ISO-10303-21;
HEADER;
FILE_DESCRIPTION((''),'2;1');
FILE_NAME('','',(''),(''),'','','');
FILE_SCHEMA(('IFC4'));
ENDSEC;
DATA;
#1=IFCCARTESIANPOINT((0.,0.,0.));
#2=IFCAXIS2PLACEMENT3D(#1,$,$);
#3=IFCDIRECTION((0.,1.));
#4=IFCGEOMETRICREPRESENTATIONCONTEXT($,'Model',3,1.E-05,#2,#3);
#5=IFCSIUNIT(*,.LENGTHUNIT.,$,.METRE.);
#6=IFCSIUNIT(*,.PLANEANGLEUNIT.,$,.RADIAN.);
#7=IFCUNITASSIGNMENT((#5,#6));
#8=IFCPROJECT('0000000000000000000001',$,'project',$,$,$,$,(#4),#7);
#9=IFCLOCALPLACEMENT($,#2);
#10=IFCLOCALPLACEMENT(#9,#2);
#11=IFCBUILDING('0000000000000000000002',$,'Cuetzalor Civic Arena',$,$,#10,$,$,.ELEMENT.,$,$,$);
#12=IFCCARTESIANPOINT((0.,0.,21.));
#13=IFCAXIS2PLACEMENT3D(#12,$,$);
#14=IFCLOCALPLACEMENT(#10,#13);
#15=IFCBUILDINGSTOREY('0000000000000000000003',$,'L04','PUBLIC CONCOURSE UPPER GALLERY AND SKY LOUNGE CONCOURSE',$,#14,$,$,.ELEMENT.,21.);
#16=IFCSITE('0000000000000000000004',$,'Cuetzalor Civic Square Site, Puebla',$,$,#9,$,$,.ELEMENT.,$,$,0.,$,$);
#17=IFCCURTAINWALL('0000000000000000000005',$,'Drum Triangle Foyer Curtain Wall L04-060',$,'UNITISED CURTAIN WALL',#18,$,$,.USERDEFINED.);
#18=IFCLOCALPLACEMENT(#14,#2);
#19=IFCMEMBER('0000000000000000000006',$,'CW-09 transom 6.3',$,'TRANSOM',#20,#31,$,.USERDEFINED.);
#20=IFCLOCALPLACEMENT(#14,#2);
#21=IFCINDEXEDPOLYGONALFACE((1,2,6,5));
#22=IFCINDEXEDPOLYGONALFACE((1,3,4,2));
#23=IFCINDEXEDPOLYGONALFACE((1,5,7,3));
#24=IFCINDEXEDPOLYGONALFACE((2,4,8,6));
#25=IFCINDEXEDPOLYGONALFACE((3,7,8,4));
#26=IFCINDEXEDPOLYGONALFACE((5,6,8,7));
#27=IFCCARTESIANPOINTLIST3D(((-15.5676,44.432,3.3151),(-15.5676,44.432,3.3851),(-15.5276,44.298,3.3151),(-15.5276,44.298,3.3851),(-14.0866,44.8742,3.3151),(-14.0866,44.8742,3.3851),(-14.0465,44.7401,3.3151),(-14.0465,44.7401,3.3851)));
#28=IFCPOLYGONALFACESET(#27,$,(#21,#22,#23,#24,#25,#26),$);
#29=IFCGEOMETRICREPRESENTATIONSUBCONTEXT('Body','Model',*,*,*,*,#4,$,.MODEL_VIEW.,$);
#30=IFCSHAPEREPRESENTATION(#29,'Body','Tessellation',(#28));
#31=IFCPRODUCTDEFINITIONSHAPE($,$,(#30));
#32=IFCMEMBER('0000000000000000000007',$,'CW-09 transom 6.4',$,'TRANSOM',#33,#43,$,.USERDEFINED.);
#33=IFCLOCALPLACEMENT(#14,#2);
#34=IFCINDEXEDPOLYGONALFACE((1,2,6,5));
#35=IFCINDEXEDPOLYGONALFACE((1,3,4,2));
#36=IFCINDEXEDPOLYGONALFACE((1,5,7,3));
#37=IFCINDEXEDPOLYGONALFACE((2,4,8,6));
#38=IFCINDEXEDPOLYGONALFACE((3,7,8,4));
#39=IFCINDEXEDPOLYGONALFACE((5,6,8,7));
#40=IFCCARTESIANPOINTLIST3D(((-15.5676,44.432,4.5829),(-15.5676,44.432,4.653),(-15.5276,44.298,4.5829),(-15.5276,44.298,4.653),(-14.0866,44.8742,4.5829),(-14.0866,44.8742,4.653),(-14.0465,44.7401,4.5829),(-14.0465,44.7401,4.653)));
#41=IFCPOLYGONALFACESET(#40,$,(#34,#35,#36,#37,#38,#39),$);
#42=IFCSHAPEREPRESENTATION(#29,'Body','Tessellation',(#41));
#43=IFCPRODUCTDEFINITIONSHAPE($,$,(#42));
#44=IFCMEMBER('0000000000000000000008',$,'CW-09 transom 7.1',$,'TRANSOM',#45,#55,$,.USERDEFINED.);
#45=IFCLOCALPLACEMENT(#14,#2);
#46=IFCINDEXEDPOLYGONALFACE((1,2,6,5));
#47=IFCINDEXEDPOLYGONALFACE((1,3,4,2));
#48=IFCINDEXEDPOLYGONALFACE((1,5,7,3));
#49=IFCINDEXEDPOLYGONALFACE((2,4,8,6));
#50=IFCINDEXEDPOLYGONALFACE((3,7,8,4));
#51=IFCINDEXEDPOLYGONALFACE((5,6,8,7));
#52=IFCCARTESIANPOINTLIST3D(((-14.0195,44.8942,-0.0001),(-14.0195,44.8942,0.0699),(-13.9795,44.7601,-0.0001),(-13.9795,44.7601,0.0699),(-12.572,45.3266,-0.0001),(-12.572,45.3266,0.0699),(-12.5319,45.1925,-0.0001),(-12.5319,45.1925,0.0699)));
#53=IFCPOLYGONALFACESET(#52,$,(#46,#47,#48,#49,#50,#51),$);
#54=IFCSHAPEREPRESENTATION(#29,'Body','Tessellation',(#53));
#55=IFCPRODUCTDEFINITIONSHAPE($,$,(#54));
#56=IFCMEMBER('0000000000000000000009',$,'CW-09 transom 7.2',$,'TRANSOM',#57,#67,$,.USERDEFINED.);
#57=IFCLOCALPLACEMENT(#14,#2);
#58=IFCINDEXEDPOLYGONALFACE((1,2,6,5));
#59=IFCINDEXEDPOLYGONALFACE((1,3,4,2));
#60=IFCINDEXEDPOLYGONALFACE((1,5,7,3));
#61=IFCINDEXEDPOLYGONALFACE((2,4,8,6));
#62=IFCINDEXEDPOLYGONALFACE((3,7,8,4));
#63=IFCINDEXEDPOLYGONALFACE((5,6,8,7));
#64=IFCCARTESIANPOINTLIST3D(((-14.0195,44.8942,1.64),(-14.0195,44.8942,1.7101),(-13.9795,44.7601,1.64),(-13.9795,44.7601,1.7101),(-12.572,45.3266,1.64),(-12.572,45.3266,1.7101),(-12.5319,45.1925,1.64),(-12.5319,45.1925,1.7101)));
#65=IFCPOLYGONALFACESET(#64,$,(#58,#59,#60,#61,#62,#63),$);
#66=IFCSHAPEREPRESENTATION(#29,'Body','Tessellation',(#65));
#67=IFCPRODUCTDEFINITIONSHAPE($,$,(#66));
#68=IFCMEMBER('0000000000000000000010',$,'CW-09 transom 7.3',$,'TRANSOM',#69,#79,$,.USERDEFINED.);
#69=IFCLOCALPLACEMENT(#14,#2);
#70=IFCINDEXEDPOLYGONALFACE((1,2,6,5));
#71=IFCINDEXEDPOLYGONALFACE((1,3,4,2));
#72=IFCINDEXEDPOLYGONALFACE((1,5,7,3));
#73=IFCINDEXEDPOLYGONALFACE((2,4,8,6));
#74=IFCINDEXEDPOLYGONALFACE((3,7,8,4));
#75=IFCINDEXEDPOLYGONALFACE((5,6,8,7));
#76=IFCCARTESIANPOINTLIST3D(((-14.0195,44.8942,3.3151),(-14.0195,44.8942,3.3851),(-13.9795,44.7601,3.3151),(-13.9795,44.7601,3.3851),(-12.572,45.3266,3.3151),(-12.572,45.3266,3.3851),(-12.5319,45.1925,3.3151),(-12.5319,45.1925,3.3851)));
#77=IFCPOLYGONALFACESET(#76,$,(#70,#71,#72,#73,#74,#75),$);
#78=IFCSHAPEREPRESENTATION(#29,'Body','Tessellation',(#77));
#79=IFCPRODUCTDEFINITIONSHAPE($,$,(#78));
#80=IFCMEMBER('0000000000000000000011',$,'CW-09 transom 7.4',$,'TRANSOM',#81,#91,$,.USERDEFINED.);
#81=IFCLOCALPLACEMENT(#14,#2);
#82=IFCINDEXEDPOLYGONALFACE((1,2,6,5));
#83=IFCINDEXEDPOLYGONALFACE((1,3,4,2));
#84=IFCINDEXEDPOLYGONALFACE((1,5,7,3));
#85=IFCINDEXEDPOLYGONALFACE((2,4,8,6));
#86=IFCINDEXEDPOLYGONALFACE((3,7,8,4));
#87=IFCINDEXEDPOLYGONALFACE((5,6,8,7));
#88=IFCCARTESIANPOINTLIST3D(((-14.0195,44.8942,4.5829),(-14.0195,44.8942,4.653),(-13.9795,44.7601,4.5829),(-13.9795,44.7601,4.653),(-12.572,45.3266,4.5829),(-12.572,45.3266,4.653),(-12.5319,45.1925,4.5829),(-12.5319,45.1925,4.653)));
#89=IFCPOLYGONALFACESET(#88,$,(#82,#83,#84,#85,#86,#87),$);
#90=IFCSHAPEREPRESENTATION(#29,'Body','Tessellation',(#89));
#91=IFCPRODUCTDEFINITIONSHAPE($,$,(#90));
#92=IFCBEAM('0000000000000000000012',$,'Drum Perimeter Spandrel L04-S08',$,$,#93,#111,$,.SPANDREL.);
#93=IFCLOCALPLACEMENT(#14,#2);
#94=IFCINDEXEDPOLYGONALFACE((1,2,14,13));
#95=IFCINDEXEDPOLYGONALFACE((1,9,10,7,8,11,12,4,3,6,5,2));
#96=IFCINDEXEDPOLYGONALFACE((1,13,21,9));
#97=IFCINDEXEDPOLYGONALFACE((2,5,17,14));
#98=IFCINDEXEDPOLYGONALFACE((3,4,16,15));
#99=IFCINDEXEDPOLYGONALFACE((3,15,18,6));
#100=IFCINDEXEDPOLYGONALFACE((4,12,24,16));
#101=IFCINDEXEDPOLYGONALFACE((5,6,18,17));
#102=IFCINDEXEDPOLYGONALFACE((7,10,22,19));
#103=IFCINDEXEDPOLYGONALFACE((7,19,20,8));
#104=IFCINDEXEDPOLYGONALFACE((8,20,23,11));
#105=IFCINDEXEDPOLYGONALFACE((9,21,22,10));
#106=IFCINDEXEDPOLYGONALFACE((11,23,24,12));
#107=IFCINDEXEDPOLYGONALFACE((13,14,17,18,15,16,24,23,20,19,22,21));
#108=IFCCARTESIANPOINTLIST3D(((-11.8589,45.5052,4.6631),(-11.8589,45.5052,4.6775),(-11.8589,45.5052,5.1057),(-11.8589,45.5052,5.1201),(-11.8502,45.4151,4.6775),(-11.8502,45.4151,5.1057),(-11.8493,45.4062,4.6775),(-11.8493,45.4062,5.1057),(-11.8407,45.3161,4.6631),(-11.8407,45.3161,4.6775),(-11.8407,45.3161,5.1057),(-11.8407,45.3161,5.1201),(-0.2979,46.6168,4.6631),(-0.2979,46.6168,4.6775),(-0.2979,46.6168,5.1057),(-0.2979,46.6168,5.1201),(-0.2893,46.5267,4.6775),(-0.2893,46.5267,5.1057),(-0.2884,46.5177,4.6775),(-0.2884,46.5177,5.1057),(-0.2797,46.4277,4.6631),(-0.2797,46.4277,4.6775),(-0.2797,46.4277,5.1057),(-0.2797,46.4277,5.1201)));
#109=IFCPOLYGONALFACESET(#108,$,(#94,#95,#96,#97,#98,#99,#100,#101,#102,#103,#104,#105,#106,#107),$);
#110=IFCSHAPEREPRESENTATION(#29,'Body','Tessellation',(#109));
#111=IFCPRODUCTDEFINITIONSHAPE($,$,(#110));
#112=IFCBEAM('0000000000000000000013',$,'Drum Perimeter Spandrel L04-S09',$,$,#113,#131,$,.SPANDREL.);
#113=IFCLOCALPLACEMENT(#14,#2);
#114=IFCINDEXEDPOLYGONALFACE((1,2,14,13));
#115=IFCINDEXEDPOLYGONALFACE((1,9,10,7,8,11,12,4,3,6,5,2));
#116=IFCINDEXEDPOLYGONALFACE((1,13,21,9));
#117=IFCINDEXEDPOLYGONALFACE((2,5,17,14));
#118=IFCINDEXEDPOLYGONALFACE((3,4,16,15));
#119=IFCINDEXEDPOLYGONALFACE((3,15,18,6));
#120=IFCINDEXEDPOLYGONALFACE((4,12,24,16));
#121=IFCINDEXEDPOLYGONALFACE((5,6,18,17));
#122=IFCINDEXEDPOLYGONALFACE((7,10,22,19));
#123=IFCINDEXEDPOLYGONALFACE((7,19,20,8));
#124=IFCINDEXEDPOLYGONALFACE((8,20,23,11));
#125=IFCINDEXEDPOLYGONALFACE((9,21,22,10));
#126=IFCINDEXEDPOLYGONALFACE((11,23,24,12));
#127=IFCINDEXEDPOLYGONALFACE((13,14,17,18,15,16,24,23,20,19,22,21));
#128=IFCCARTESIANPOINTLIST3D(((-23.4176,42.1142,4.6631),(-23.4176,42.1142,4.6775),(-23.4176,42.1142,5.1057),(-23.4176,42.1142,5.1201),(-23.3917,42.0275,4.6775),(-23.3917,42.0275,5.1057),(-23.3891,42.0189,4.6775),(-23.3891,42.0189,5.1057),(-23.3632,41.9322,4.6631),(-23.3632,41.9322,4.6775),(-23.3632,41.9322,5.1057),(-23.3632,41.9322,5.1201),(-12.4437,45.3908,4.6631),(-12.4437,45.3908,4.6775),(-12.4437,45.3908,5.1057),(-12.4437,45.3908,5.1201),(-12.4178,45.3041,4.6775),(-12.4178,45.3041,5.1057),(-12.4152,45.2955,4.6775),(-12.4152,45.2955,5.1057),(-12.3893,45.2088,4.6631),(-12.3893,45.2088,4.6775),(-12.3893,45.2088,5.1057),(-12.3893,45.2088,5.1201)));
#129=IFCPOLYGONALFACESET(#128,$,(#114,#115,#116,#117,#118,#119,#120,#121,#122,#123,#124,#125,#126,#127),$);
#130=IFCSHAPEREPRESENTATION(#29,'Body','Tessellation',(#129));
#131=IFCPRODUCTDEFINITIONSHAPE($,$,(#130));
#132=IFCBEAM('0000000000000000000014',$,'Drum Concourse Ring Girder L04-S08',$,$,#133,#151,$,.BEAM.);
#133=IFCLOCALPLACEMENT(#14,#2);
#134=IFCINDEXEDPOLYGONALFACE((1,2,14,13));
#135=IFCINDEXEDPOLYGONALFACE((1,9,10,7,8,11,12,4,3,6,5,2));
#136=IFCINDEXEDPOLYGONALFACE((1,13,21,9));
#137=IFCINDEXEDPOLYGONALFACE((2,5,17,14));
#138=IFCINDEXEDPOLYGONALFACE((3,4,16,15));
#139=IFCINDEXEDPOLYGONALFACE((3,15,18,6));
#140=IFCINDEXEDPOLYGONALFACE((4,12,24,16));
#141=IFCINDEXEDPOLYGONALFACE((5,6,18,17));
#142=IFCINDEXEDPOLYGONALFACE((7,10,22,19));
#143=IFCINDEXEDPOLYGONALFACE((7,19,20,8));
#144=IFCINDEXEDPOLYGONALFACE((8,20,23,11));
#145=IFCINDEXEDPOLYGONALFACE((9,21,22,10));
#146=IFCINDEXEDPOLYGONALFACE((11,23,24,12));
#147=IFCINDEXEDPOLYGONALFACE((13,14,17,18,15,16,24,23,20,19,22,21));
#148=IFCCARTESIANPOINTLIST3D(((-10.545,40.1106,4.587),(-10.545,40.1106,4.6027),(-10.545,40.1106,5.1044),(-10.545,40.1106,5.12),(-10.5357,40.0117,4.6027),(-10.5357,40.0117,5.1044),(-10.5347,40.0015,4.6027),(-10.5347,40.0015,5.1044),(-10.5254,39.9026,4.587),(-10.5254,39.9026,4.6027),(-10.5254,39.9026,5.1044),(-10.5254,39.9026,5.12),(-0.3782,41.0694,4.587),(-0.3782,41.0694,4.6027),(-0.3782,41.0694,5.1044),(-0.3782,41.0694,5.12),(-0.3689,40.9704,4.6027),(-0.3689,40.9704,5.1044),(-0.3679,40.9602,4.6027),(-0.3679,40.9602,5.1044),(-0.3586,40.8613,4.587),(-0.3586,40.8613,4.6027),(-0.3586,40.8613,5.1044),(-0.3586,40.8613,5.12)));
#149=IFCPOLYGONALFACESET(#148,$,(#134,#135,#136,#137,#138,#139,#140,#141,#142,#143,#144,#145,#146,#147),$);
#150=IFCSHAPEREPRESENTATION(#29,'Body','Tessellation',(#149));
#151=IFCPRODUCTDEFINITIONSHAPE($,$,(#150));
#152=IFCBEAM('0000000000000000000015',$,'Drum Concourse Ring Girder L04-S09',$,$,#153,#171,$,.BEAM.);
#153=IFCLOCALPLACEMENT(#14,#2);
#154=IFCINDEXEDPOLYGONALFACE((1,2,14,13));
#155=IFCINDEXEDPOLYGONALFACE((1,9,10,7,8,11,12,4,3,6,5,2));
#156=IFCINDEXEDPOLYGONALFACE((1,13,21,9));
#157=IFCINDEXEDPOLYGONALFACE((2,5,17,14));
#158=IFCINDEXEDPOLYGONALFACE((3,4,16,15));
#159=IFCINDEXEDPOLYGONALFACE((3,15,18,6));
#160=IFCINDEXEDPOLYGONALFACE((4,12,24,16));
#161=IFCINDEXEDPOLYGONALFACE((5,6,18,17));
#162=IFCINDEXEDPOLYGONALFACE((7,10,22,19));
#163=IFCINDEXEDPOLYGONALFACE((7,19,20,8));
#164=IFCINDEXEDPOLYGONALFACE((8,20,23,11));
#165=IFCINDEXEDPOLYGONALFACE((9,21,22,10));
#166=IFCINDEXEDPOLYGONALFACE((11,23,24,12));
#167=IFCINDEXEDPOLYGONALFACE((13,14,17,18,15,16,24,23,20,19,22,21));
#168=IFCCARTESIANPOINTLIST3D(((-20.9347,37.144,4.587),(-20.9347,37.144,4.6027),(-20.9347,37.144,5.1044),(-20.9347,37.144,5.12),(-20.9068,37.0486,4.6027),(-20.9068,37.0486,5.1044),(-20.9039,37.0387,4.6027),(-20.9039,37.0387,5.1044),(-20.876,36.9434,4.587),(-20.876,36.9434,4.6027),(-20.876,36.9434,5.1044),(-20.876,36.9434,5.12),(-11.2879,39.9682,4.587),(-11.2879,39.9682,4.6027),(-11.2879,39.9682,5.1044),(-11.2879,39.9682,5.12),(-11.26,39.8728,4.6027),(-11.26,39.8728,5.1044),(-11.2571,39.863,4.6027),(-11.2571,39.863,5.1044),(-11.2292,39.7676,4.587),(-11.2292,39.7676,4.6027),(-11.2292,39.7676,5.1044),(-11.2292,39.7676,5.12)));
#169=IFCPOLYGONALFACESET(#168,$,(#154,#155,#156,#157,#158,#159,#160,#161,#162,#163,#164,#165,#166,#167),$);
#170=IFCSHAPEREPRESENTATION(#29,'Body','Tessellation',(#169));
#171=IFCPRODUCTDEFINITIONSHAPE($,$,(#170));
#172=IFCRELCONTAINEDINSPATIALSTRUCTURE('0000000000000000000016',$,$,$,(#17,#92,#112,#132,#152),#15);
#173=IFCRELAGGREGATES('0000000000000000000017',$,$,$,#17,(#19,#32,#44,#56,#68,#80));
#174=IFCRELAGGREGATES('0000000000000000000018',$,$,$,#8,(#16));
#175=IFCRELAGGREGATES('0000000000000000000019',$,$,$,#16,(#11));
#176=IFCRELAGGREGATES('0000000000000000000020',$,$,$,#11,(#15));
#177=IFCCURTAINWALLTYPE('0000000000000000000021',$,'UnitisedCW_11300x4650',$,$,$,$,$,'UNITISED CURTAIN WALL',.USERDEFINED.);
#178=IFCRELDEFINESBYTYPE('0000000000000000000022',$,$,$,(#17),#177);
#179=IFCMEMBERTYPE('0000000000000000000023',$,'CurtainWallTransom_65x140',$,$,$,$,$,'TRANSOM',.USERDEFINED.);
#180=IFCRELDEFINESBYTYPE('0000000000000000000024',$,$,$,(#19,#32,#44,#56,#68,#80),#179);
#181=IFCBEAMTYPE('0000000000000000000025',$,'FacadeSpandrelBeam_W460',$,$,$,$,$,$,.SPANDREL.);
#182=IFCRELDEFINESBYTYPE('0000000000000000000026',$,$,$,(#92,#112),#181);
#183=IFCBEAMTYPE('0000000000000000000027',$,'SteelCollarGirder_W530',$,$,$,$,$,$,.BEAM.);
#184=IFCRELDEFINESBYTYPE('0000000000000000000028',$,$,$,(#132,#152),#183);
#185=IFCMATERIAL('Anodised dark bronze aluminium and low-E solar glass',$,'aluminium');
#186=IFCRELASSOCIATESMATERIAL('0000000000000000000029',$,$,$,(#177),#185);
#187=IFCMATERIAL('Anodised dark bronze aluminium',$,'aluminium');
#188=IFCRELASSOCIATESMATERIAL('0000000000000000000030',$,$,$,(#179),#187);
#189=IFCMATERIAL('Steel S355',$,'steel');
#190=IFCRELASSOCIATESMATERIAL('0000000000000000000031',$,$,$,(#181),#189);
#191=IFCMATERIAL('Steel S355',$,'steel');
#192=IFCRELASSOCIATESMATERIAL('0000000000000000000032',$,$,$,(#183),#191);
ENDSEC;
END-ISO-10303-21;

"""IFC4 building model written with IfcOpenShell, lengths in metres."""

from ifc_helpers import new_model, si_unit, direction, frame, origin, origin_2d, place, context, subcontext, project, spatial, rectangle, i_section, extrude, material, material_profile, profile_set, type_object, element, aggregate, save


model = new_model("IFC4")

# Units and contexts
model_context = context("Model", 3, precision=1e-05, world=origin(), true_north=direction((0.0, 1.0)))
body_context = subcontext(model_context, "Body", "Model", "MODEL_VIEW")
ifc_project = project(units=[si_unit("LENGTHUNIT", "METRE"), si_unit("PLANEANGLEUNIT", "RADIAN")], contexts=[model_context])

# Site, building, storey
site_placement = place(None, origin())
site = spatial("IfcSite", under=ifc_project, at=site_placement, Name="Cuetzalor Civic Square Site, Puebla", CompositionType="ELEMENT", RefElevation=0.0)
building_placement = place(site_placement, origin())
building = spatial("IfcBuilding", under=site, at=building_placement, Name="Cuetzalor Civic Arena", CompositionType="ELEMENT")
storey_placement = place(building_placement, frame((0.0, 0.0, 21.0)))
storey = spatial("IfcBuildingStorey", under=building, at=storey_placement, Name="L04", Description="PUBLIC CONCOURSE UPPER GALLERY AND SKY LOUNGE CONCOURSE", CompositionType="ELEMENT", Elevation=21.0)

# Curtain wall, members
ifc_material_1 = material(Name="Anodised dark bronze aluminium and low-E solar glass", Category="aluminium")
curtain_wall_type = type_object("IfcCurtainWallType", Name="UnitisedCW_11300x4650", ElementType="UNITISED CURTAIN WALL", PredefinedType="USERDEFINED", material=ifc_material_1)
curtain_wall_placement = place(storey_placement, origin())
curtain_wall = element("IfcCurtainWall", 1, at=curtain_wall_placement, inside=storey, type_object=curtain_wall_type, Name="Drum Triangle Foyer Curtain Wall L04-060", ObjectType="UNITISED CURTAIN WALL", PredefinedType="USERDEFINED")
ifc_material_2 = material(Name="Anodised dark bronze aluminium", Category="aluminium")
ifc_material_profile_1 = material_profile(ifc_material_2, rectangle(XDim=0.1399, YDim=0.0701, at=origin_2d()), Name="ALU TRANSOM 70x140")
ifc_profile_set_1 = profile_set([ifc_material_profile_1], Name="Anodised dark bronze aluminium")
member_type_1 = type_object("IfcMemberType", Name="CurtainWallTransom_65x140", ElementType="TRANSOM", PredefinedType="USERDEFINED", material=ifc_profile_set_1)
member_1_placement = place(storey_placement, frame((-15.5476, 44.365, 3.3501), z_axis=(0.958208, 0.286072, 0.0), x_axis=(-0.286072, 0.958208, 0.0)))
member_1 = element("IfcMember", 2, at=member_1_placement, type_object=member_type_1, Name="CW-09 transom 6.3", ObjectType="TRANSOM", PredefinedType="USERDEFINED", context=body_context, shape_type="SweptSolid", body=[
    extrude(rectangle(XDim=0.1399, YDim=0.0701, at=origin_2d()), origin(), (0.0, 0.0, 1.0), 1.5457),
])
member_2_placement = place(storey_placement, frame((-15.5476, 44.365, 4.6179), z_axis=(0.958208, 0.286072, 0.0), x_axis=(-0.286072, 0.958208, 0.0)))
member_2 = element("IfcMember", 3, at=member_2_placement, type_object=member_type_1, Name="CW-09 transom 6.4", ObjectType="TRANSOM", PredefinedType="USERDEFINED", context=body_context, shape_type="SweptSolid", body=[
    extrude(rectangle(XDim=0.1399, YDim=0.0701, at=origin_2d()), origin(), (0.0, 0.0, 1.0), 1.5457),
])
member_3_placement = place(storey_placement, frame((-13.9995, 44.8271, 0.0349), z_axis=(0.958168, 0.286206, 0.0), x_axis=(-0.286206, 0.958168, 0.0)))
member_3 = element("IfcMember", 4, at=member_3_placement, type_object=member_type_1, Name="CW-09 transom 7.1", ObjectType="TRANSOM", PredefinedType="USERDEFINED", context=body_context, shape_type="SweptSolid", body=[
    extrude(rectangle(XDim=0.1399, YDim=0.0701, at=origin_2d()), origin(), (0.0, 0.0, 1.0), 1.5107),
])
member_4_placement = place(storey_placement, frame((-13.9995, 44.8271, 1.675), z_axis=(0.958168, 0.286206, 0.0), x_axis=(-0.286206, 0.958168, 0.0)))
member_4 = element("IfcMember", 5, at=member_4_placement, type_object=member_type_1, Name="CW-09 transom 7.2", ObjectType="TRANSOM", PredefinedType="USERDEFINED", context=body_context, shape_type="SweptSolid", body=[
    extrude(rectangle(XDim=0.1399, YDim=0.0701, at=origin_2d()), origin(), (0.0, 0.0, 1.0), 1.5107),
])
member_5_placement = place(storey_placement, frame((-13.9995, 44.8271, 3.3501), z_axis=(0.958168, 0.286206, 0.0), x_axis=(-0.286206, 0.958168, 0.0)))
member_5 = element("IfcMember", 6, at=member_5_placement, type_object=member_type_1, Name="CW-09 transom 7.3", ObjectType="TRANSOM", PredefinedType="USERDEFINED", context=body_context, shape_type="SweptSolid", body=[
    extrude(rectangle(XDim=0.1399, YDim=0.0701, at=origin_2d()), origin(), (0.0, 0.0, 1.0), 1.5107),
])
member_6_placement = place(storey_placement, frame((-13.9995, 44.8271, 4.6179), z_axis=(0.958168, 0.286206, 0.0), x_axis=(-0.286206, 0.958168, 0.0)))
member_6 = element("IfcMember", 7, at=member_6_placement, type_object=member_type_1, Name="CW-09 transom 7.4", ObjectType="TRANSOM", PredefinedType="USERDEFINED", context=body_context, shape_type="SweptSolid", body=[
    extrude(rectangle(XDim=0.1399, YDim=0.0701, at=origin_2d()), origin(), (0.0, 0.0, 1.0), 1.5107),
])

# Beams
ifc_material_3 = material(Name="Steel S355", Category="steel")
ifc_material_profile_2 = material_profile(ifc_material_3, i_section(OverallWidth=0.1899, OverallDepth=0.457, WebThickness=0.009, FlangeThickness=0.0144, at=origin_2d()), Name="W460x74")
ifc_profile_set_2 = profile_set([ifc_material_profile_2], Name="Steel S355")
beam_type_1 = type_object("IfcBeamType", Name="FacadeSpandrelBeam_W460", PredefinedType="SPANDREL", material=ifc_profile_set_2)
beam_1_placement = place(storey_placement, frame((-0.2888, 46.5222, 4.8916), z_axis=(-0.99541, -0.095707, 0.0), x_axis=(0.095707, -0.99541, 0.0)))
element("IfcBeam", 8, at=beam_1_placement, inside=storey, type_object=beam_type_1, Name="Drum Perimeter Spandrel L04-S08", PredefinedType="SPANDREL", context=body_context, shape_type="SweptSolid", body=[
    extrude(i_section(OverallWidth=0.1899, OverallDepth=0.457, WebThickness=0.009, FlangeThickness=0.0144, at=origin_2d()), origin(), (0.0, 0.0, 1.0), 11.6143),
])
beam_2_placement = place(storey_placement, frame((-12.4165, 45.2998, 4.8916), z_axis=(-0.958199, -0.286102, 0.0), x_axis=(0.286102, -0.958199, 0.0)))
element("IfcBeam", 9, at=beam_2_placement, inside=storey, type_object=beam_type_1, Name="Drum Perimeter Spandrel L04-S09", PredefinedType="SPANDREL", context=body_context, shape_type="SweptSolid", body=[
    extrude(i_section(OverallWidth=0.1899, OverallDepth=0.457, WebThickness=0.009, FlangeThickness=0.0144, at=origin_2d()), origin(), (0.0, 0.0, 1.0), 11.4526),
])
ifc_material_4 = material(Name="Steel S355", Category="steel")
ifc_material_profile_3 = material_profile(ifc_material_4, i_section(OverallWidth=0.209, OverallDepth=0.533, WebThickness=0.0103, FlangeThickness=0.0156, at=origin_2d()), Name="W530x92")
ifc_profile_set_3 = profile_set([ifc_material_profile_3], Name="Steel S355")
beam_type_2 = type_object("IfcBeamType", Name="SteelCollarGirder_W530", PredefinedType="BEAM", material=ifc_profile_set_3)
beam_3_placement = place(storey_placement, frame((-0.3684, 40.9653, 4.8535), z_axis=(-0.995583, -0.093885, 0.0), x_axis=(0.093885, -0.995583, 0.0)))
element("IfcBeam", 10, at=beam_3_placement, inside=storey, type_object=beam_type_2, Name="Drum Concourse Ring Girder L04-S08", PredefinedType="BEAM", context=body_context, shape_type="SweptSolid", body=[
    extrude(i_section(OverallWidth=0.209, OverallDepth=0.533, WebThickness=0.0103, FlangeThickness=0.0156, at=origin_2d()), origin(), (0.0, 0.0, 1.0), 10.2119),
])
beam_4_placement = place(storey_placement, frame((-11.2585, 39.8679, 4.8535), z_axis=(-0.959716, -0.280971, 0.0), x_axis=(0.280971, -0.959716, 0.0)))
element("IfcBeam", 11, at=beam_4_placement, inside=storey, type_object=beam_type_2, Name="Drum Concourse Ring Girder L04-S09", PredefinedType="BEAM", context=body_context, shape_type="SweptSolid", body=[
    extrude(i_section(OverallWidth=0.209, OverallDepth=0.533, WebThickness=0.0103, FlangeThickness=0.0156, at=origin_2d()), origin(), (0.0, 0.0, 1.0), 10.0518),
])

aggregate(curtain_wall, [member_1, member_2, member_3, member_4, member_5, member_6])

save(model, "model.ifc")
